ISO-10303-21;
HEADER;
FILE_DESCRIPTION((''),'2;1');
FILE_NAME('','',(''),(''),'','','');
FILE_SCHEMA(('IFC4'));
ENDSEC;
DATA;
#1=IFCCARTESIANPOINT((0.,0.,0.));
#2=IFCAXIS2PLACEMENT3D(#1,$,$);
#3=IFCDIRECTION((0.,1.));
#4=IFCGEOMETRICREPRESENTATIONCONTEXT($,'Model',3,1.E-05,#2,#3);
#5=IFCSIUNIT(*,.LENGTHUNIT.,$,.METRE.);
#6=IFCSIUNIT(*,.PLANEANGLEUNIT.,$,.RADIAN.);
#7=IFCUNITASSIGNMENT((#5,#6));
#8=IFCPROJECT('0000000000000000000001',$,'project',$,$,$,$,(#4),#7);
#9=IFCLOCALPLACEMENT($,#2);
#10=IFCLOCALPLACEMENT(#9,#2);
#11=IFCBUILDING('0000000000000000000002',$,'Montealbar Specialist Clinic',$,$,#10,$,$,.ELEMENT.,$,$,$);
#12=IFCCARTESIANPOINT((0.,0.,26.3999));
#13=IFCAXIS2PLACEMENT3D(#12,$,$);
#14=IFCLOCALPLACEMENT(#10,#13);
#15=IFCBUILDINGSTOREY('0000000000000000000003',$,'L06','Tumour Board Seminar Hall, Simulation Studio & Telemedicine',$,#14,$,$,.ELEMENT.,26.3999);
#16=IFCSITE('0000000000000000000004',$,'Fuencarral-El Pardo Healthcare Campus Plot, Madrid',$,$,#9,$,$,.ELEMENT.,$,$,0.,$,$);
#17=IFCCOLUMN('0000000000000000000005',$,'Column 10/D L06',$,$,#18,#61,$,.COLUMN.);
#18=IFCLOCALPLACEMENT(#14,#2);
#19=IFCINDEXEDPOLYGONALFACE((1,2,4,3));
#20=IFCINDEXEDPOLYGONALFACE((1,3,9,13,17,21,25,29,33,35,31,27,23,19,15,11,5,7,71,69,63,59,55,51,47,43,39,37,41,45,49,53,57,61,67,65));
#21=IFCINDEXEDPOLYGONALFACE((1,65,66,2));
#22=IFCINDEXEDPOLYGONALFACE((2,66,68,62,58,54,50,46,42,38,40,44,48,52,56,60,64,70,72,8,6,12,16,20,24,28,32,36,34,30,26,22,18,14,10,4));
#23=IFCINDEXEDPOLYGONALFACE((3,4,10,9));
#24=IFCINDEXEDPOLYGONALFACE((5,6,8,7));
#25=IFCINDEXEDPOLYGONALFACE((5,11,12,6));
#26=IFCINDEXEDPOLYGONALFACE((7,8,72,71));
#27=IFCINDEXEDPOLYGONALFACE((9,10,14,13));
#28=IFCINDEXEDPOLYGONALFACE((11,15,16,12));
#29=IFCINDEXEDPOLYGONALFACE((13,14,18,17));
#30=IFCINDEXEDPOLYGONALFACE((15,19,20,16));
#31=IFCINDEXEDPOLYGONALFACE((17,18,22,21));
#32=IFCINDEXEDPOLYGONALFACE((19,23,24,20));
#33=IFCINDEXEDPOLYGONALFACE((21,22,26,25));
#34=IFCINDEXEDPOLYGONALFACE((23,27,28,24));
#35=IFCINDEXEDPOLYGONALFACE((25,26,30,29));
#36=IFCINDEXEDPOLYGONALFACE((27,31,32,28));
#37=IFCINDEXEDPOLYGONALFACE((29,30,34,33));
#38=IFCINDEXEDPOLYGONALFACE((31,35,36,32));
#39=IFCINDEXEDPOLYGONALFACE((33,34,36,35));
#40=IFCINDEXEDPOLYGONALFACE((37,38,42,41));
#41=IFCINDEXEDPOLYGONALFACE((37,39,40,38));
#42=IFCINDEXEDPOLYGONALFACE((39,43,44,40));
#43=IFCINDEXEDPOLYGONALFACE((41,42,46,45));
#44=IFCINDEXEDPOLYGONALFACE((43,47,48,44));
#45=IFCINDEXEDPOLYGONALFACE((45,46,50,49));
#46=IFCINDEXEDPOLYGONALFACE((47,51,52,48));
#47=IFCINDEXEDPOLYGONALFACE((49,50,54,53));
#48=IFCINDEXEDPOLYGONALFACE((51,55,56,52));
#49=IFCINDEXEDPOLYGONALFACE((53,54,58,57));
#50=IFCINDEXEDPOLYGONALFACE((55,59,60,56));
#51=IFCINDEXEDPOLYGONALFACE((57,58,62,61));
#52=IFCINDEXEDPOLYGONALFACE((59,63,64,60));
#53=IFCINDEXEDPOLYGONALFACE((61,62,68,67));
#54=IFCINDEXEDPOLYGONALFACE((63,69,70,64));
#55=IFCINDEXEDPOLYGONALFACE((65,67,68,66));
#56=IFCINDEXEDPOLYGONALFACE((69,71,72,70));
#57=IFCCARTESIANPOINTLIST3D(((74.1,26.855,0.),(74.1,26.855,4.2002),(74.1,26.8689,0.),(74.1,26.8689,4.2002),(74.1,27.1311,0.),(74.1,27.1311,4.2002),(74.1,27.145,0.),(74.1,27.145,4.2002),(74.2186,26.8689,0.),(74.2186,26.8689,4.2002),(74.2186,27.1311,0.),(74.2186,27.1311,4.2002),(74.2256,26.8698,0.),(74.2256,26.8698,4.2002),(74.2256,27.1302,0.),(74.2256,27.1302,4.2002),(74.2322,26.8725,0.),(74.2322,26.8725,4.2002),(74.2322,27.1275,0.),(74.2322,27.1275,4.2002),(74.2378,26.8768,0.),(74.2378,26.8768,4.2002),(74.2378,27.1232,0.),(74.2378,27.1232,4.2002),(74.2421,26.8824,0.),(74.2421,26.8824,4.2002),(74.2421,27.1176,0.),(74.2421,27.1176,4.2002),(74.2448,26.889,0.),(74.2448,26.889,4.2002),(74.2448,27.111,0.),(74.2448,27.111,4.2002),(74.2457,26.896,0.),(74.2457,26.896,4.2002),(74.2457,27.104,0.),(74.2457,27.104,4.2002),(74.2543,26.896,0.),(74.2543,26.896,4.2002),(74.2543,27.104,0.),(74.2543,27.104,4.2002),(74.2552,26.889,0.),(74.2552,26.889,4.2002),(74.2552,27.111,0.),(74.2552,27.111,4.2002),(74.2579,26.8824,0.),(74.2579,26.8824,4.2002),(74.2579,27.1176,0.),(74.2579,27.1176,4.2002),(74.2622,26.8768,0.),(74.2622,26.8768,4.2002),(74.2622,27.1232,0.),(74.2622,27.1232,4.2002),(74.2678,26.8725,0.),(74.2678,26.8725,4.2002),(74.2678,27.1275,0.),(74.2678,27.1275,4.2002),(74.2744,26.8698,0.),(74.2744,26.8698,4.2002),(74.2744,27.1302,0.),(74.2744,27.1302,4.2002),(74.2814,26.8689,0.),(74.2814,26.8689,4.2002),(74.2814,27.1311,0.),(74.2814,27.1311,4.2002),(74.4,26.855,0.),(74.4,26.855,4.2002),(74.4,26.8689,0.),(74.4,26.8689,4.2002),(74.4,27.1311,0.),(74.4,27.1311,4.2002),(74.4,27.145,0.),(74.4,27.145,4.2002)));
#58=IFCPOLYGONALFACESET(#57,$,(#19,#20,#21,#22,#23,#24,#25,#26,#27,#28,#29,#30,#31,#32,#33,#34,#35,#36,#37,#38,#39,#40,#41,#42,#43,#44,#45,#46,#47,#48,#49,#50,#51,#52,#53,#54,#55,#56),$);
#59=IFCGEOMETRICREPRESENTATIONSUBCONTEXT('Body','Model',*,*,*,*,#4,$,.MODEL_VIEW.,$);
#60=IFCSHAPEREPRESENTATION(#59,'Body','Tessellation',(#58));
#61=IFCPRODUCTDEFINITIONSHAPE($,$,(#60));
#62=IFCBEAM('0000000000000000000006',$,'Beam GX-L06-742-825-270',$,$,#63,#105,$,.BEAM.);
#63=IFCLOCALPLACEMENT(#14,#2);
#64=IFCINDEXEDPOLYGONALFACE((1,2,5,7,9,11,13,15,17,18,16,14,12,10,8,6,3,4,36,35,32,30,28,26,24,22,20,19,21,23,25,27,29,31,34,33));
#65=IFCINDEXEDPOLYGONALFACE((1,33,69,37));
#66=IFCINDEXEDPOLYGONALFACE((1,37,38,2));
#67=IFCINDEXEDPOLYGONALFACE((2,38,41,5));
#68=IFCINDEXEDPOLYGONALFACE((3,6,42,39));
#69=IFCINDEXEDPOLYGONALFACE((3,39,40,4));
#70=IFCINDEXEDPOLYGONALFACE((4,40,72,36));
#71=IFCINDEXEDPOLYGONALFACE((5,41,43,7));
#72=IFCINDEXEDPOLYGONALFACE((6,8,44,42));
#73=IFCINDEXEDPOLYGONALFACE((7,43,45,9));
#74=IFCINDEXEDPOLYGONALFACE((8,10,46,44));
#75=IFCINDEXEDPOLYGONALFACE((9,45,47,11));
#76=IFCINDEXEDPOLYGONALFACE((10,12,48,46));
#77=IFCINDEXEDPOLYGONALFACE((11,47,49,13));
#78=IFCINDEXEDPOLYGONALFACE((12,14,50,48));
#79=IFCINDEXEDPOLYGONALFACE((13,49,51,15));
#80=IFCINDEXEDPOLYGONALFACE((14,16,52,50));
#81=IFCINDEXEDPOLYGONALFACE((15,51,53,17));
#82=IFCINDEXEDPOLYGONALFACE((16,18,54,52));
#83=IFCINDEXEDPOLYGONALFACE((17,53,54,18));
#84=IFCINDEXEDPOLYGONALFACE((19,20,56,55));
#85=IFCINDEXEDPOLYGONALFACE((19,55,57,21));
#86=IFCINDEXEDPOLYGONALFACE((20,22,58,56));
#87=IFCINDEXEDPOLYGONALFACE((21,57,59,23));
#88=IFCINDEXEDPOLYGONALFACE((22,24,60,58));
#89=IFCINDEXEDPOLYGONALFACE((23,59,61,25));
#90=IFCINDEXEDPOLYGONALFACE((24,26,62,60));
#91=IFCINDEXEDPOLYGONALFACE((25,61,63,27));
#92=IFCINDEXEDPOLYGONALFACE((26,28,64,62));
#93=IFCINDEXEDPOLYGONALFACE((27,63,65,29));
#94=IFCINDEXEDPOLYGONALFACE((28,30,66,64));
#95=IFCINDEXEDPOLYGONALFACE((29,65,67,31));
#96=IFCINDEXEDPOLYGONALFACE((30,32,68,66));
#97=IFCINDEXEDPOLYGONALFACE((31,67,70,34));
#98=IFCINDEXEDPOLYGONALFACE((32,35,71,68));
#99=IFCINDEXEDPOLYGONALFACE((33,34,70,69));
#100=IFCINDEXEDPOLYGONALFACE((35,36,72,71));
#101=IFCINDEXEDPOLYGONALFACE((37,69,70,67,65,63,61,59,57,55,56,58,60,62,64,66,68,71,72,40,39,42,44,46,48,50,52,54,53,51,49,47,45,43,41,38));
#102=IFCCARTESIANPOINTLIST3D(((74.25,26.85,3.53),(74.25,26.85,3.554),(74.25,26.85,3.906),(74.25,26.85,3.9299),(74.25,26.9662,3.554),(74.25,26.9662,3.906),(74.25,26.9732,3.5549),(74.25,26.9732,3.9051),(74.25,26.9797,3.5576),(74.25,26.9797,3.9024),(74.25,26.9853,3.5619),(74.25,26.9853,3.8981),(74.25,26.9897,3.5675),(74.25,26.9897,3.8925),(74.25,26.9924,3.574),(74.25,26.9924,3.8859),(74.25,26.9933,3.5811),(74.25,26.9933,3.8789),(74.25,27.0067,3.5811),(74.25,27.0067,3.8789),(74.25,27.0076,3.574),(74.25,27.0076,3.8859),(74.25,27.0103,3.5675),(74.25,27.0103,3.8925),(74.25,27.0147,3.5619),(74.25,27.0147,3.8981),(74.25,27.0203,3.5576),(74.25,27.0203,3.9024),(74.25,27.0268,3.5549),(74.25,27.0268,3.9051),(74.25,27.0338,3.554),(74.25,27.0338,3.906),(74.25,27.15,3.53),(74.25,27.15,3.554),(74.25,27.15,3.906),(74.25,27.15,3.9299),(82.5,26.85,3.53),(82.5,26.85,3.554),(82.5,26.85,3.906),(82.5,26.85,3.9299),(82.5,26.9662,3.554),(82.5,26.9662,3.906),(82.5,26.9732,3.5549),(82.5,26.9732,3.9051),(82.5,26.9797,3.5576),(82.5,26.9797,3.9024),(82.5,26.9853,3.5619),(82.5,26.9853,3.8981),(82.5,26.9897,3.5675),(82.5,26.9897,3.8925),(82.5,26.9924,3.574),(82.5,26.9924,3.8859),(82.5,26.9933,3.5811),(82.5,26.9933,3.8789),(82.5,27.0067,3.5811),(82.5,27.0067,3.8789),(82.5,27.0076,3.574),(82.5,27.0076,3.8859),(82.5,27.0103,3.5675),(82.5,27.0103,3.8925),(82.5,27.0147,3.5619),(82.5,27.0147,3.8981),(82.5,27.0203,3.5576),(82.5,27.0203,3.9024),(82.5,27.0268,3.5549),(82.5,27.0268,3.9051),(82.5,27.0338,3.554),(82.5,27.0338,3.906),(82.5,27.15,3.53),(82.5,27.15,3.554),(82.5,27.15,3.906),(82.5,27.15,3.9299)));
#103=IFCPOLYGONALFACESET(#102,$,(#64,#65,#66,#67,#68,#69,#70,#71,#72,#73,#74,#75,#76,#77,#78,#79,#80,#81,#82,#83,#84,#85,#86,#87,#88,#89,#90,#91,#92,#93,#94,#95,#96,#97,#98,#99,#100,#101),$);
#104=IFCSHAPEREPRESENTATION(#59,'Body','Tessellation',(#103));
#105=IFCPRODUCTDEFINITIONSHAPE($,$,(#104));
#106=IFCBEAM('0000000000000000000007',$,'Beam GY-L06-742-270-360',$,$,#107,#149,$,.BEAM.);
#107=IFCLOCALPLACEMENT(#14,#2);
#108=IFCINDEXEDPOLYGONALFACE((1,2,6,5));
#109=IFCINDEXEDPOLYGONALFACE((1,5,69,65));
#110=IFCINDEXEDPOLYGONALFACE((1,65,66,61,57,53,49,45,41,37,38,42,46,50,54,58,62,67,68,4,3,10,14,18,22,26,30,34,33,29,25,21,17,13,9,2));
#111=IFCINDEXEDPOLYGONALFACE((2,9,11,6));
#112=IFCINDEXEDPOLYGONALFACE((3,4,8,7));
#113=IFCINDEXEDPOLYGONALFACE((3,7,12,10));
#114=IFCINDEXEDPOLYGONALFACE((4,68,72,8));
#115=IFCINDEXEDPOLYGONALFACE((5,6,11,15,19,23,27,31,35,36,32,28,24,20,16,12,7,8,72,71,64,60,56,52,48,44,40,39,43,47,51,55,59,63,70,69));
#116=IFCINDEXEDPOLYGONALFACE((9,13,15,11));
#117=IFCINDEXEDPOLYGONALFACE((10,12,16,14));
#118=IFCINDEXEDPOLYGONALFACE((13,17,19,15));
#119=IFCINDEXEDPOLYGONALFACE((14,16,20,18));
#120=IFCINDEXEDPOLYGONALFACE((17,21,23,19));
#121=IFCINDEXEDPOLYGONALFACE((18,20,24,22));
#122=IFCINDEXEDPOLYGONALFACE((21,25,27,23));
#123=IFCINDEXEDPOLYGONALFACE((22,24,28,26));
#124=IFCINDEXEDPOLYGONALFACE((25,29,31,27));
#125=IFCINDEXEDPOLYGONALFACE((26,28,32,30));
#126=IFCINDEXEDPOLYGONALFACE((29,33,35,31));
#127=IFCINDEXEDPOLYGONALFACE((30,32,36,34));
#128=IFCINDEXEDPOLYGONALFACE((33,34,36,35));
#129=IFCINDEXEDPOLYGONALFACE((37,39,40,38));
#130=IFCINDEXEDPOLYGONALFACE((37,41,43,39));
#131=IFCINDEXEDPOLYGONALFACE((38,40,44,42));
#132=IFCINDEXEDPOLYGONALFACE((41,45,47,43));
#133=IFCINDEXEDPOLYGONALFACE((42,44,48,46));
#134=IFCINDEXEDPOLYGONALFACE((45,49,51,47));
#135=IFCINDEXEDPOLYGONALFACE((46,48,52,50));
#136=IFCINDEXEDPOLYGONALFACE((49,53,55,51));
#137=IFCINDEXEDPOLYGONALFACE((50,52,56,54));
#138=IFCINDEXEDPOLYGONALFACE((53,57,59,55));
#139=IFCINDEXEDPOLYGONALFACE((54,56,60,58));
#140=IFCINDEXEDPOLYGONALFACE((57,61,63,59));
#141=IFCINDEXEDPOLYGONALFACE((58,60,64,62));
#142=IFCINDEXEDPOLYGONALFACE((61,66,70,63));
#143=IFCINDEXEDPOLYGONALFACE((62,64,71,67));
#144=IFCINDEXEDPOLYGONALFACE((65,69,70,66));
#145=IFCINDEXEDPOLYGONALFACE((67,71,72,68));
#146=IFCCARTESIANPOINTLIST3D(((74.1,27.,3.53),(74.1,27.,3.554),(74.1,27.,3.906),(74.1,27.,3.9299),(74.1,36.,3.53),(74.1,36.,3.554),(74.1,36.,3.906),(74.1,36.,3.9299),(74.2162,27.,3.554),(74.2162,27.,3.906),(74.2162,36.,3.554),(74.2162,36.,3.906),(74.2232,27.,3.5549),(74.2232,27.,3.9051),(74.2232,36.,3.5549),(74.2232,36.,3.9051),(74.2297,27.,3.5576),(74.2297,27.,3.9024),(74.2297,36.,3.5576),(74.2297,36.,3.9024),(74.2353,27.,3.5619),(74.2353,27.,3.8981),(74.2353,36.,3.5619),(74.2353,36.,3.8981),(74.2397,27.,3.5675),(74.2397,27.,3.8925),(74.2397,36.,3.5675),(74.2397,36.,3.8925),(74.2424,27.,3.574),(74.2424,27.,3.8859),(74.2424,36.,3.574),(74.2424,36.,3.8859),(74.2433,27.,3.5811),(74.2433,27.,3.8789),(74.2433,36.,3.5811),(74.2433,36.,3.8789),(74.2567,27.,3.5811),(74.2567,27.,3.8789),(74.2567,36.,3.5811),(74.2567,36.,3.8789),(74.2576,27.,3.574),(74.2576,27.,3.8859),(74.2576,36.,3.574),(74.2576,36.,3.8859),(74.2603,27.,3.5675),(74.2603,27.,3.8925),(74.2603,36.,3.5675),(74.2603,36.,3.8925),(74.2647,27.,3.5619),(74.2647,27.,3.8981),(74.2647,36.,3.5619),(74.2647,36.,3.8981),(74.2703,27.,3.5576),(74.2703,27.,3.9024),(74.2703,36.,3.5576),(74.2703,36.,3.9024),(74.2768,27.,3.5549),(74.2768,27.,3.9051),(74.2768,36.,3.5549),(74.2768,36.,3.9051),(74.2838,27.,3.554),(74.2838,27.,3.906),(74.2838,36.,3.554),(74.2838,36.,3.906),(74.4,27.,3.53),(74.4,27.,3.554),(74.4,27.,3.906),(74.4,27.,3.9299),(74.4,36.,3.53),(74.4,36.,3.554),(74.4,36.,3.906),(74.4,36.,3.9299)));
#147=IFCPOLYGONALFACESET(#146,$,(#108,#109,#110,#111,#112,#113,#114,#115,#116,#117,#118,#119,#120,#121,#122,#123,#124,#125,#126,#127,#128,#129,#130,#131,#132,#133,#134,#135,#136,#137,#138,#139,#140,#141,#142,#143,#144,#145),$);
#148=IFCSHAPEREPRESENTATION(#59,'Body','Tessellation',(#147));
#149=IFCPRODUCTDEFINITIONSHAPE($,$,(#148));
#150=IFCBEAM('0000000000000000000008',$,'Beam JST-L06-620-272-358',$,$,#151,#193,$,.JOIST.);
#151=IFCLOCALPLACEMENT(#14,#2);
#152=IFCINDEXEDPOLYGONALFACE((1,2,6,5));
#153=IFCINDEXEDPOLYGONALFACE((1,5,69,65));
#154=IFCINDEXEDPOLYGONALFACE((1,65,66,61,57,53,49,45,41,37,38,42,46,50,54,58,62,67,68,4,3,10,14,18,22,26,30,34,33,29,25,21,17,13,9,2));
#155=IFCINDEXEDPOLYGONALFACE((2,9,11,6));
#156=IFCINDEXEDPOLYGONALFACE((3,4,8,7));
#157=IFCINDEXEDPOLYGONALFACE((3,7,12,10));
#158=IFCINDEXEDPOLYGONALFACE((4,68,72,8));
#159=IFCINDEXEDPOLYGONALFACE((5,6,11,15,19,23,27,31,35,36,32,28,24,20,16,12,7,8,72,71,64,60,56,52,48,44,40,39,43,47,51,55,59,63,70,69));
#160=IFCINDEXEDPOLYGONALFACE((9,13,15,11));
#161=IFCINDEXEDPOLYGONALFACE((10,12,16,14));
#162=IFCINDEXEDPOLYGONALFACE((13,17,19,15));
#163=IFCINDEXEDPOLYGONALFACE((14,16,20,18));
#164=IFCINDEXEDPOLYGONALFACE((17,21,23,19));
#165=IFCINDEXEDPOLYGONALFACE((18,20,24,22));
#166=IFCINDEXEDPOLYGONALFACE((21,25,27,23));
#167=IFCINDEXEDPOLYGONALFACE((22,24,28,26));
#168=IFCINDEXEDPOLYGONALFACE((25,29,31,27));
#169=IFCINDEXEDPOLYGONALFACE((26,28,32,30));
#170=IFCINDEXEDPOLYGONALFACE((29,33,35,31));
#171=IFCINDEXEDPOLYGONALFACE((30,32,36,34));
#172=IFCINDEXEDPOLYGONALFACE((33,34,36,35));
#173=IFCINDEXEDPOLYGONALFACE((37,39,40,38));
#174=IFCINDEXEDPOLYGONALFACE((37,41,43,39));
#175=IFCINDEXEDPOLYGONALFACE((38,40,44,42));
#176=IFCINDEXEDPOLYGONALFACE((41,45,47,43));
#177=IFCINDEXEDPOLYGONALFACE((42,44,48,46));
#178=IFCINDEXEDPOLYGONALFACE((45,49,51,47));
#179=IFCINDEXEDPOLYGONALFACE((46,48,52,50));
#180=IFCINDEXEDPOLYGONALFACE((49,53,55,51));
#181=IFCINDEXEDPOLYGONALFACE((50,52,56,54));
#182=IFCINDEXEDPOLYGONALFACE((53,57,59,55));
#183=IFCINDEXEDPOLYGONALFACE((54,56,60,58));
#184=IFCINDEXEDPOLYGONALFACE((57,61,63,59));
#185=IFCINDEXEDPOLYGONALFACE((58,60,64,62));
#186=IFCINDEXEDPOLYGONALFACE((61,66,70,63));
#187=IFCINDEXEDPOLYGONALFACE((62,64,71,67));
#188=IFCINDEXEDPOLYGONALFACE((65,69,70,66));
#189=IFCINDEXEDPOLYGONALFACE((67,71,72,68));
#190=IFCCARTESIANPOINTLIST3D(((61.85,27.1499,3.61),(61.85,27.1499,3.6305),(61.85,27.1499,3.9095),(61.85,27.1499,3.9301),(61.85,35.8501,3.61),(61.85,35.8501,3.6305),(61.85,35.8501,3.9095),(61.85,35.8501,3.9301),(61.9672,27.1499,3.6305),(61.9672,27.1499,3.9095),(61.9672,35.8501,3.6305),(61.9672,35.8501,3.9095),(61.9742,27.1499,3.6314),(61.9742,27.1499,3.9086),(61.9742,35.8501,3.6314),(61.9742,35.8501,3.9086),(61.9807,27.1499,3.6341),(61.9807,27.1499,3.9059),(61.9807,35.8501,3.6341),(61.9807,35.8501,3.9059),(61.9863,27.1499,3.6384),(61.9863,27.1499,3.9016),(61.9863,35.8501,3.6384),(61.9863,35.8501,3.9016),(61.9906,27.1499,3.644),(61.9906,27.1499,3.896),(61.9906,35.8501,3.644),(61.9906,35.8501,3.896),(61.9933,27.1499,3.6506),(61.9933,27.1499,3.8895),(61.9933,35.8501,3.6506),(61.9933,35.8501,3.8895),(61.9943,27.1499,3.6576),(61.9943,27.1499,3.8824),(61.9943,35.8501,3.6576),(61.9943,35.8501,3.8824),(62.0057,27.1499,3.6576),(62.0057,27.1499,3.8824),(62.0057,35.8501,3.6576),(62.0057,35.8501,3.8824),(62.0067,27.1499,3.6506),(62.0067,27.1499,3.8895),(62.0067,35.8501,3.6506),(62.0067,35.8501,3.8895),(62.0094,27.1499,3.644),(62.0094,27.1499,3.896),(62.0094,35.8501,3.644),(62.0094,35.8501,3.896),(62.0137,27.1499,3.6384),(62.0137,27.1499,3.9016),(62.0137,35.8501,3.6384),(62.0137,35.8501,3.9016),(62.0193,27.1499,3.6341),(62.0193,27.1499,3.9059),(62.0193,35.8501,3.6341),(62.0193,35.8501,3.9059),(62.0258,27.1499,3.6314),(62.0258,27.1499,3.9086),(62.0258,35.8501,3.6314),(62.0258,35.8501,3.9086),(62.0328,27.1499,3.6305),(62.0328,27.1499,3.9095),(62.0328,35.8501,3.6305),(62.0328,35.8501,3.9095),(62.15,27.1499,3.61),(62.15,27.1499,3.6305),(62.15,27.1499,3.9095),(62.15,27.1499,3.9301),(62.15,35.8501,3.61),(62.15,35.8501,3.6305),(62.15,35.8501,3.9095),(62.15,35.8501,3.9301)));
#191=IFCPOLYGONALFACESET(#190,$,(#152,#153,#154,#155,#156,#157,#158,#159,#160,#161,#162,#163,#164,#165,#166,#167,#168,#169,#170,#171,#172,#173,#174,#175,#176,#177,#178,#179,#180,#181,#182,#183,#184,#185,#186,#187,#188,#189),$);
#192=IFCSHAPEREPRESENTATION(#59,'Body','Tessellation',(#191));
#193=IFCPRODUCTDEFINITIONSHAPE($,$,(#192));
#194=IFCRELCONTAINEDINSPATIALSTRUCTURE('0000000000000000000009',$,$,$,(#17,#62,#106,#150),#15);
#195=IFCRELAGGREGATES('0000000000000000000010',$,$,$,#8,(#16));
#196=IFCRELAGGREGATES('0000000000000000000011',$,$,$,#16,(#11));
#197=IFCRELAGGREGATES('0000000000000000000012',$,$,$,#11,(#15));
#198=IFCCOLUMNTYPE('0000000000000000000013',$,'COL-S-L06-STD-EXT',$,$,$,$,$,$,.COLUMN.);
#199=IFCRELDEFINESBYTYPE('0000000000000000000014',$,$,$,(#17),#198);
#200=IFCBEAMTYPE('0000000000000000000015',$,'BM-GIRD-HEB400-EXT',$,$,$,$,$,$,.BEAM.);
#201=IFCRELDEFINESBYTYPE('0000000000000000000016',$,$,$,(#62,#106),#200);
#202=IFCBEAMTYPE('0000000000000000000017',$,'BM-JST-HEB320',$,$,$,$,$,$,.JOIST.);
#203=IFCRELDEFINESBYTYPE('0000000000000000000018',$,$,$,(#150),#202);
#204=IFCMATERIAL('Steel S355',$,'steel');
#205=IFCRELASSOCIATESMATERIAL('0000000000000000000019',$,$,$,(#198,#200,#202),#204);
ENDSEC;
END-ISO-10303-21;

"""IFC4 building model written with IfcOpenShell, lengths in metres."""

from ifc_helpers import new_model, si_unit, direction, frame, origin, origin_2d, place, context, subcontext, project, spatial, i_section, extrude, material, material_profile, profile_set, type_object, element, save


model = new_model("IFC4")

# Units and contexts
model_context = context("Model", 3, precision=1e-05, world=origin(), true_north=direction((0.0, 1.0)))
body_context = subcontext(model_context, "Body", "Model", "MODEL_VIEW")
ifc_project = project(units=[si_unit("LENGTHUNIT", "METRE"), si_unit("PLANEANGLEUNIT", "RADIAN")], contexts=[model_context])

# Site, building, storey
site_placement = place(None, origin())
site = spatial("IfcSite", under=ifc_project, at=site_placement, Name="Fuencarral-El Pardo Healthcare Campus Plot, Madrid", CompositionType="ELEMENT", RefElevation=0.0)
building_placement = place(site_placement, origin())
building = spatial("IfcBuilding", under=site, at=building_placement, Name="Montealbar Specialist Clinic", CompositionType="ELEMENT")
storey_placement = place(building_placement, frame((0.0, 0.0, 26.3999)))
storey = spatial("IfcBuildingStorey", under=building, at=storey_placement, Name="L06", Description="Tumour Board Seminar Hall, Simulation Studio & Telemedicine", CompositionType="ELEMENT", Elevation=26.3999)

# Column
ifc_material_1 = material(Name="Steel S355", Category="steel")
ifc_material_profile_1 = material_profile(ifc_material_1, i_section(OverallWidth=0.3, OverallDepth=0.29, WebThickness=0.0085, FlangeThickness=0.0139, FilletRadius=0.0271, at=origin_2d()), Name="HEA 300", Category="steel")
ifc_profile_set_1 = profile_set([ifc_material_profile_1], Name="Steel S355")
column_type = type_object("IfcColumnType", Name="COL-S-L06-STD-EXT", PredefinedType="COLUMN", material=ifc_profile_set_1)
column_placement = place(storey_placement, frame((74.25, 27.0, 0.0), z_axis=(0.0, 0.0, 1.0), x_axis=(1.0, 0.0, 0.0)))
element("IfcColumn", 1, at=column_placement, inside=storey, type_object=column_type, Name="Column 10/D L06", PredefinedType="COLUMN", context=body_context, shape_type="SweptSolid", body=[
    extrude(i_section(OverallWidth=0.3, OverallDepth=0.29, WebThickness=0.0085, FlangeThickness=0.0139, FilletRadius=0.0271, at=origin_2d()), origin(), (0.0, 0.0, 1.0), 4.2002),
])

# Beams
ifc_material_profile_2 = material_profile(ifc_material_1, i_section(OverallWidth=0.3, OverallDepth=0.3999, WebThickness=0.0134, FlangeThickness=0.0239, FilletRadius=0.0271, at=origin_2d()), Name="HEB 400", Category="steel")
ifc_profile_set_2 = profile_set([ifc_material_profile_2], Name="Steel S355")
beam_type_1 = type_object("IfcBeamType", Name="BM-GIRD-HEB400-EXT", PredefinedType="BEAM", material=ifc_profile_set_2)
beam_1_placement = place(storey_placement, frame((74.25, 27.0, 3.73), z_axis=(1.0, 0.0, 0.0), x_axis=(0.0, 1.0, 0.0)))
element("IfcBeam", 2, at=beam_1_placement, inside=storey, type_object=beam_type_1, Name="Beam GX-L06-742-825-270", PredefinedType="BEAM", context=body_context, shape_type="SweptSolid", body=[
    extrude(i_section(OverallWidth=0.3, OverallDepth=0.3999, WebThickness=0.0134, FlangeThickness=0.0239, FilletRadius=0.0271, at=origin_2d()), origin(), (0.0, 0.0, 1.0), 8.25),
])
beam_2_placement = place(storey_placement, frame((74.25, 27.0, 3.73), z_axis=(0.0, 1.0, 0.0), x_axis=(-1.0, 0.0, 0.0)))
element("IfcBeam", 3, at=beam_2_placement, inside=storey, type_object=beam_type_1, Name="Beam GY-L06-742-270-360", PredefinedType="BEAM", context=body_context, shape_type="SweptSolid", body=[
    extrude(i_section(OverallWidth=0.3, OverallDepth=0.3999, WebThickness=0.0134, FlangeThickness=0.0239, FilletRadius=0.0271, at=origin_2d()), origin(), (0.0, 0.0, 1.0), 9.0),
])
ifc_material_profile_3 = material_profile(ifc_material_1, i_section(OverallWidth=0.3, OverallDepth=0.3201, WebThickness=0.0115, FlangeThickness=0.0205, FilletRadius=0.0271, at=origin_2d()), Name="HEB 320", Category="steel")
ifc_profile_set_3 = profile_set([ifc_material_profile_3], Name="Steel S355")
beam_type_2 = type_object("IfcBeamType", Name="BM-JST-HEB320", PredefinedType="JOIST", material=ifc_profile_set_3)
beam_3_placement = place(storey_placement, frame((62.0, 27.1499, 3.77), z_axis=(0.0, 1.0, 0.0), x_axis=(-1.0, 0.0, 0.0)))
element("IfcBeam", 4, at=beam_3_placement, inside=storey, type_object=beam_type_2, Name="Beam JST-L06-620-272-358", PredefinedType="JOIST", context=body_context, shape_type="SweptSolid", body=[
    extrude(i_section(OverallWidth=0.3, OverallDepth=0.3201, WebThickness=0.0115, FlangeThickness=0.0205, FilletRadius=0.0271, at=origin_2d()), origin(), (0.0, 0.0, 1.0), 8.7002),
])

save(model, "model.ifc")
